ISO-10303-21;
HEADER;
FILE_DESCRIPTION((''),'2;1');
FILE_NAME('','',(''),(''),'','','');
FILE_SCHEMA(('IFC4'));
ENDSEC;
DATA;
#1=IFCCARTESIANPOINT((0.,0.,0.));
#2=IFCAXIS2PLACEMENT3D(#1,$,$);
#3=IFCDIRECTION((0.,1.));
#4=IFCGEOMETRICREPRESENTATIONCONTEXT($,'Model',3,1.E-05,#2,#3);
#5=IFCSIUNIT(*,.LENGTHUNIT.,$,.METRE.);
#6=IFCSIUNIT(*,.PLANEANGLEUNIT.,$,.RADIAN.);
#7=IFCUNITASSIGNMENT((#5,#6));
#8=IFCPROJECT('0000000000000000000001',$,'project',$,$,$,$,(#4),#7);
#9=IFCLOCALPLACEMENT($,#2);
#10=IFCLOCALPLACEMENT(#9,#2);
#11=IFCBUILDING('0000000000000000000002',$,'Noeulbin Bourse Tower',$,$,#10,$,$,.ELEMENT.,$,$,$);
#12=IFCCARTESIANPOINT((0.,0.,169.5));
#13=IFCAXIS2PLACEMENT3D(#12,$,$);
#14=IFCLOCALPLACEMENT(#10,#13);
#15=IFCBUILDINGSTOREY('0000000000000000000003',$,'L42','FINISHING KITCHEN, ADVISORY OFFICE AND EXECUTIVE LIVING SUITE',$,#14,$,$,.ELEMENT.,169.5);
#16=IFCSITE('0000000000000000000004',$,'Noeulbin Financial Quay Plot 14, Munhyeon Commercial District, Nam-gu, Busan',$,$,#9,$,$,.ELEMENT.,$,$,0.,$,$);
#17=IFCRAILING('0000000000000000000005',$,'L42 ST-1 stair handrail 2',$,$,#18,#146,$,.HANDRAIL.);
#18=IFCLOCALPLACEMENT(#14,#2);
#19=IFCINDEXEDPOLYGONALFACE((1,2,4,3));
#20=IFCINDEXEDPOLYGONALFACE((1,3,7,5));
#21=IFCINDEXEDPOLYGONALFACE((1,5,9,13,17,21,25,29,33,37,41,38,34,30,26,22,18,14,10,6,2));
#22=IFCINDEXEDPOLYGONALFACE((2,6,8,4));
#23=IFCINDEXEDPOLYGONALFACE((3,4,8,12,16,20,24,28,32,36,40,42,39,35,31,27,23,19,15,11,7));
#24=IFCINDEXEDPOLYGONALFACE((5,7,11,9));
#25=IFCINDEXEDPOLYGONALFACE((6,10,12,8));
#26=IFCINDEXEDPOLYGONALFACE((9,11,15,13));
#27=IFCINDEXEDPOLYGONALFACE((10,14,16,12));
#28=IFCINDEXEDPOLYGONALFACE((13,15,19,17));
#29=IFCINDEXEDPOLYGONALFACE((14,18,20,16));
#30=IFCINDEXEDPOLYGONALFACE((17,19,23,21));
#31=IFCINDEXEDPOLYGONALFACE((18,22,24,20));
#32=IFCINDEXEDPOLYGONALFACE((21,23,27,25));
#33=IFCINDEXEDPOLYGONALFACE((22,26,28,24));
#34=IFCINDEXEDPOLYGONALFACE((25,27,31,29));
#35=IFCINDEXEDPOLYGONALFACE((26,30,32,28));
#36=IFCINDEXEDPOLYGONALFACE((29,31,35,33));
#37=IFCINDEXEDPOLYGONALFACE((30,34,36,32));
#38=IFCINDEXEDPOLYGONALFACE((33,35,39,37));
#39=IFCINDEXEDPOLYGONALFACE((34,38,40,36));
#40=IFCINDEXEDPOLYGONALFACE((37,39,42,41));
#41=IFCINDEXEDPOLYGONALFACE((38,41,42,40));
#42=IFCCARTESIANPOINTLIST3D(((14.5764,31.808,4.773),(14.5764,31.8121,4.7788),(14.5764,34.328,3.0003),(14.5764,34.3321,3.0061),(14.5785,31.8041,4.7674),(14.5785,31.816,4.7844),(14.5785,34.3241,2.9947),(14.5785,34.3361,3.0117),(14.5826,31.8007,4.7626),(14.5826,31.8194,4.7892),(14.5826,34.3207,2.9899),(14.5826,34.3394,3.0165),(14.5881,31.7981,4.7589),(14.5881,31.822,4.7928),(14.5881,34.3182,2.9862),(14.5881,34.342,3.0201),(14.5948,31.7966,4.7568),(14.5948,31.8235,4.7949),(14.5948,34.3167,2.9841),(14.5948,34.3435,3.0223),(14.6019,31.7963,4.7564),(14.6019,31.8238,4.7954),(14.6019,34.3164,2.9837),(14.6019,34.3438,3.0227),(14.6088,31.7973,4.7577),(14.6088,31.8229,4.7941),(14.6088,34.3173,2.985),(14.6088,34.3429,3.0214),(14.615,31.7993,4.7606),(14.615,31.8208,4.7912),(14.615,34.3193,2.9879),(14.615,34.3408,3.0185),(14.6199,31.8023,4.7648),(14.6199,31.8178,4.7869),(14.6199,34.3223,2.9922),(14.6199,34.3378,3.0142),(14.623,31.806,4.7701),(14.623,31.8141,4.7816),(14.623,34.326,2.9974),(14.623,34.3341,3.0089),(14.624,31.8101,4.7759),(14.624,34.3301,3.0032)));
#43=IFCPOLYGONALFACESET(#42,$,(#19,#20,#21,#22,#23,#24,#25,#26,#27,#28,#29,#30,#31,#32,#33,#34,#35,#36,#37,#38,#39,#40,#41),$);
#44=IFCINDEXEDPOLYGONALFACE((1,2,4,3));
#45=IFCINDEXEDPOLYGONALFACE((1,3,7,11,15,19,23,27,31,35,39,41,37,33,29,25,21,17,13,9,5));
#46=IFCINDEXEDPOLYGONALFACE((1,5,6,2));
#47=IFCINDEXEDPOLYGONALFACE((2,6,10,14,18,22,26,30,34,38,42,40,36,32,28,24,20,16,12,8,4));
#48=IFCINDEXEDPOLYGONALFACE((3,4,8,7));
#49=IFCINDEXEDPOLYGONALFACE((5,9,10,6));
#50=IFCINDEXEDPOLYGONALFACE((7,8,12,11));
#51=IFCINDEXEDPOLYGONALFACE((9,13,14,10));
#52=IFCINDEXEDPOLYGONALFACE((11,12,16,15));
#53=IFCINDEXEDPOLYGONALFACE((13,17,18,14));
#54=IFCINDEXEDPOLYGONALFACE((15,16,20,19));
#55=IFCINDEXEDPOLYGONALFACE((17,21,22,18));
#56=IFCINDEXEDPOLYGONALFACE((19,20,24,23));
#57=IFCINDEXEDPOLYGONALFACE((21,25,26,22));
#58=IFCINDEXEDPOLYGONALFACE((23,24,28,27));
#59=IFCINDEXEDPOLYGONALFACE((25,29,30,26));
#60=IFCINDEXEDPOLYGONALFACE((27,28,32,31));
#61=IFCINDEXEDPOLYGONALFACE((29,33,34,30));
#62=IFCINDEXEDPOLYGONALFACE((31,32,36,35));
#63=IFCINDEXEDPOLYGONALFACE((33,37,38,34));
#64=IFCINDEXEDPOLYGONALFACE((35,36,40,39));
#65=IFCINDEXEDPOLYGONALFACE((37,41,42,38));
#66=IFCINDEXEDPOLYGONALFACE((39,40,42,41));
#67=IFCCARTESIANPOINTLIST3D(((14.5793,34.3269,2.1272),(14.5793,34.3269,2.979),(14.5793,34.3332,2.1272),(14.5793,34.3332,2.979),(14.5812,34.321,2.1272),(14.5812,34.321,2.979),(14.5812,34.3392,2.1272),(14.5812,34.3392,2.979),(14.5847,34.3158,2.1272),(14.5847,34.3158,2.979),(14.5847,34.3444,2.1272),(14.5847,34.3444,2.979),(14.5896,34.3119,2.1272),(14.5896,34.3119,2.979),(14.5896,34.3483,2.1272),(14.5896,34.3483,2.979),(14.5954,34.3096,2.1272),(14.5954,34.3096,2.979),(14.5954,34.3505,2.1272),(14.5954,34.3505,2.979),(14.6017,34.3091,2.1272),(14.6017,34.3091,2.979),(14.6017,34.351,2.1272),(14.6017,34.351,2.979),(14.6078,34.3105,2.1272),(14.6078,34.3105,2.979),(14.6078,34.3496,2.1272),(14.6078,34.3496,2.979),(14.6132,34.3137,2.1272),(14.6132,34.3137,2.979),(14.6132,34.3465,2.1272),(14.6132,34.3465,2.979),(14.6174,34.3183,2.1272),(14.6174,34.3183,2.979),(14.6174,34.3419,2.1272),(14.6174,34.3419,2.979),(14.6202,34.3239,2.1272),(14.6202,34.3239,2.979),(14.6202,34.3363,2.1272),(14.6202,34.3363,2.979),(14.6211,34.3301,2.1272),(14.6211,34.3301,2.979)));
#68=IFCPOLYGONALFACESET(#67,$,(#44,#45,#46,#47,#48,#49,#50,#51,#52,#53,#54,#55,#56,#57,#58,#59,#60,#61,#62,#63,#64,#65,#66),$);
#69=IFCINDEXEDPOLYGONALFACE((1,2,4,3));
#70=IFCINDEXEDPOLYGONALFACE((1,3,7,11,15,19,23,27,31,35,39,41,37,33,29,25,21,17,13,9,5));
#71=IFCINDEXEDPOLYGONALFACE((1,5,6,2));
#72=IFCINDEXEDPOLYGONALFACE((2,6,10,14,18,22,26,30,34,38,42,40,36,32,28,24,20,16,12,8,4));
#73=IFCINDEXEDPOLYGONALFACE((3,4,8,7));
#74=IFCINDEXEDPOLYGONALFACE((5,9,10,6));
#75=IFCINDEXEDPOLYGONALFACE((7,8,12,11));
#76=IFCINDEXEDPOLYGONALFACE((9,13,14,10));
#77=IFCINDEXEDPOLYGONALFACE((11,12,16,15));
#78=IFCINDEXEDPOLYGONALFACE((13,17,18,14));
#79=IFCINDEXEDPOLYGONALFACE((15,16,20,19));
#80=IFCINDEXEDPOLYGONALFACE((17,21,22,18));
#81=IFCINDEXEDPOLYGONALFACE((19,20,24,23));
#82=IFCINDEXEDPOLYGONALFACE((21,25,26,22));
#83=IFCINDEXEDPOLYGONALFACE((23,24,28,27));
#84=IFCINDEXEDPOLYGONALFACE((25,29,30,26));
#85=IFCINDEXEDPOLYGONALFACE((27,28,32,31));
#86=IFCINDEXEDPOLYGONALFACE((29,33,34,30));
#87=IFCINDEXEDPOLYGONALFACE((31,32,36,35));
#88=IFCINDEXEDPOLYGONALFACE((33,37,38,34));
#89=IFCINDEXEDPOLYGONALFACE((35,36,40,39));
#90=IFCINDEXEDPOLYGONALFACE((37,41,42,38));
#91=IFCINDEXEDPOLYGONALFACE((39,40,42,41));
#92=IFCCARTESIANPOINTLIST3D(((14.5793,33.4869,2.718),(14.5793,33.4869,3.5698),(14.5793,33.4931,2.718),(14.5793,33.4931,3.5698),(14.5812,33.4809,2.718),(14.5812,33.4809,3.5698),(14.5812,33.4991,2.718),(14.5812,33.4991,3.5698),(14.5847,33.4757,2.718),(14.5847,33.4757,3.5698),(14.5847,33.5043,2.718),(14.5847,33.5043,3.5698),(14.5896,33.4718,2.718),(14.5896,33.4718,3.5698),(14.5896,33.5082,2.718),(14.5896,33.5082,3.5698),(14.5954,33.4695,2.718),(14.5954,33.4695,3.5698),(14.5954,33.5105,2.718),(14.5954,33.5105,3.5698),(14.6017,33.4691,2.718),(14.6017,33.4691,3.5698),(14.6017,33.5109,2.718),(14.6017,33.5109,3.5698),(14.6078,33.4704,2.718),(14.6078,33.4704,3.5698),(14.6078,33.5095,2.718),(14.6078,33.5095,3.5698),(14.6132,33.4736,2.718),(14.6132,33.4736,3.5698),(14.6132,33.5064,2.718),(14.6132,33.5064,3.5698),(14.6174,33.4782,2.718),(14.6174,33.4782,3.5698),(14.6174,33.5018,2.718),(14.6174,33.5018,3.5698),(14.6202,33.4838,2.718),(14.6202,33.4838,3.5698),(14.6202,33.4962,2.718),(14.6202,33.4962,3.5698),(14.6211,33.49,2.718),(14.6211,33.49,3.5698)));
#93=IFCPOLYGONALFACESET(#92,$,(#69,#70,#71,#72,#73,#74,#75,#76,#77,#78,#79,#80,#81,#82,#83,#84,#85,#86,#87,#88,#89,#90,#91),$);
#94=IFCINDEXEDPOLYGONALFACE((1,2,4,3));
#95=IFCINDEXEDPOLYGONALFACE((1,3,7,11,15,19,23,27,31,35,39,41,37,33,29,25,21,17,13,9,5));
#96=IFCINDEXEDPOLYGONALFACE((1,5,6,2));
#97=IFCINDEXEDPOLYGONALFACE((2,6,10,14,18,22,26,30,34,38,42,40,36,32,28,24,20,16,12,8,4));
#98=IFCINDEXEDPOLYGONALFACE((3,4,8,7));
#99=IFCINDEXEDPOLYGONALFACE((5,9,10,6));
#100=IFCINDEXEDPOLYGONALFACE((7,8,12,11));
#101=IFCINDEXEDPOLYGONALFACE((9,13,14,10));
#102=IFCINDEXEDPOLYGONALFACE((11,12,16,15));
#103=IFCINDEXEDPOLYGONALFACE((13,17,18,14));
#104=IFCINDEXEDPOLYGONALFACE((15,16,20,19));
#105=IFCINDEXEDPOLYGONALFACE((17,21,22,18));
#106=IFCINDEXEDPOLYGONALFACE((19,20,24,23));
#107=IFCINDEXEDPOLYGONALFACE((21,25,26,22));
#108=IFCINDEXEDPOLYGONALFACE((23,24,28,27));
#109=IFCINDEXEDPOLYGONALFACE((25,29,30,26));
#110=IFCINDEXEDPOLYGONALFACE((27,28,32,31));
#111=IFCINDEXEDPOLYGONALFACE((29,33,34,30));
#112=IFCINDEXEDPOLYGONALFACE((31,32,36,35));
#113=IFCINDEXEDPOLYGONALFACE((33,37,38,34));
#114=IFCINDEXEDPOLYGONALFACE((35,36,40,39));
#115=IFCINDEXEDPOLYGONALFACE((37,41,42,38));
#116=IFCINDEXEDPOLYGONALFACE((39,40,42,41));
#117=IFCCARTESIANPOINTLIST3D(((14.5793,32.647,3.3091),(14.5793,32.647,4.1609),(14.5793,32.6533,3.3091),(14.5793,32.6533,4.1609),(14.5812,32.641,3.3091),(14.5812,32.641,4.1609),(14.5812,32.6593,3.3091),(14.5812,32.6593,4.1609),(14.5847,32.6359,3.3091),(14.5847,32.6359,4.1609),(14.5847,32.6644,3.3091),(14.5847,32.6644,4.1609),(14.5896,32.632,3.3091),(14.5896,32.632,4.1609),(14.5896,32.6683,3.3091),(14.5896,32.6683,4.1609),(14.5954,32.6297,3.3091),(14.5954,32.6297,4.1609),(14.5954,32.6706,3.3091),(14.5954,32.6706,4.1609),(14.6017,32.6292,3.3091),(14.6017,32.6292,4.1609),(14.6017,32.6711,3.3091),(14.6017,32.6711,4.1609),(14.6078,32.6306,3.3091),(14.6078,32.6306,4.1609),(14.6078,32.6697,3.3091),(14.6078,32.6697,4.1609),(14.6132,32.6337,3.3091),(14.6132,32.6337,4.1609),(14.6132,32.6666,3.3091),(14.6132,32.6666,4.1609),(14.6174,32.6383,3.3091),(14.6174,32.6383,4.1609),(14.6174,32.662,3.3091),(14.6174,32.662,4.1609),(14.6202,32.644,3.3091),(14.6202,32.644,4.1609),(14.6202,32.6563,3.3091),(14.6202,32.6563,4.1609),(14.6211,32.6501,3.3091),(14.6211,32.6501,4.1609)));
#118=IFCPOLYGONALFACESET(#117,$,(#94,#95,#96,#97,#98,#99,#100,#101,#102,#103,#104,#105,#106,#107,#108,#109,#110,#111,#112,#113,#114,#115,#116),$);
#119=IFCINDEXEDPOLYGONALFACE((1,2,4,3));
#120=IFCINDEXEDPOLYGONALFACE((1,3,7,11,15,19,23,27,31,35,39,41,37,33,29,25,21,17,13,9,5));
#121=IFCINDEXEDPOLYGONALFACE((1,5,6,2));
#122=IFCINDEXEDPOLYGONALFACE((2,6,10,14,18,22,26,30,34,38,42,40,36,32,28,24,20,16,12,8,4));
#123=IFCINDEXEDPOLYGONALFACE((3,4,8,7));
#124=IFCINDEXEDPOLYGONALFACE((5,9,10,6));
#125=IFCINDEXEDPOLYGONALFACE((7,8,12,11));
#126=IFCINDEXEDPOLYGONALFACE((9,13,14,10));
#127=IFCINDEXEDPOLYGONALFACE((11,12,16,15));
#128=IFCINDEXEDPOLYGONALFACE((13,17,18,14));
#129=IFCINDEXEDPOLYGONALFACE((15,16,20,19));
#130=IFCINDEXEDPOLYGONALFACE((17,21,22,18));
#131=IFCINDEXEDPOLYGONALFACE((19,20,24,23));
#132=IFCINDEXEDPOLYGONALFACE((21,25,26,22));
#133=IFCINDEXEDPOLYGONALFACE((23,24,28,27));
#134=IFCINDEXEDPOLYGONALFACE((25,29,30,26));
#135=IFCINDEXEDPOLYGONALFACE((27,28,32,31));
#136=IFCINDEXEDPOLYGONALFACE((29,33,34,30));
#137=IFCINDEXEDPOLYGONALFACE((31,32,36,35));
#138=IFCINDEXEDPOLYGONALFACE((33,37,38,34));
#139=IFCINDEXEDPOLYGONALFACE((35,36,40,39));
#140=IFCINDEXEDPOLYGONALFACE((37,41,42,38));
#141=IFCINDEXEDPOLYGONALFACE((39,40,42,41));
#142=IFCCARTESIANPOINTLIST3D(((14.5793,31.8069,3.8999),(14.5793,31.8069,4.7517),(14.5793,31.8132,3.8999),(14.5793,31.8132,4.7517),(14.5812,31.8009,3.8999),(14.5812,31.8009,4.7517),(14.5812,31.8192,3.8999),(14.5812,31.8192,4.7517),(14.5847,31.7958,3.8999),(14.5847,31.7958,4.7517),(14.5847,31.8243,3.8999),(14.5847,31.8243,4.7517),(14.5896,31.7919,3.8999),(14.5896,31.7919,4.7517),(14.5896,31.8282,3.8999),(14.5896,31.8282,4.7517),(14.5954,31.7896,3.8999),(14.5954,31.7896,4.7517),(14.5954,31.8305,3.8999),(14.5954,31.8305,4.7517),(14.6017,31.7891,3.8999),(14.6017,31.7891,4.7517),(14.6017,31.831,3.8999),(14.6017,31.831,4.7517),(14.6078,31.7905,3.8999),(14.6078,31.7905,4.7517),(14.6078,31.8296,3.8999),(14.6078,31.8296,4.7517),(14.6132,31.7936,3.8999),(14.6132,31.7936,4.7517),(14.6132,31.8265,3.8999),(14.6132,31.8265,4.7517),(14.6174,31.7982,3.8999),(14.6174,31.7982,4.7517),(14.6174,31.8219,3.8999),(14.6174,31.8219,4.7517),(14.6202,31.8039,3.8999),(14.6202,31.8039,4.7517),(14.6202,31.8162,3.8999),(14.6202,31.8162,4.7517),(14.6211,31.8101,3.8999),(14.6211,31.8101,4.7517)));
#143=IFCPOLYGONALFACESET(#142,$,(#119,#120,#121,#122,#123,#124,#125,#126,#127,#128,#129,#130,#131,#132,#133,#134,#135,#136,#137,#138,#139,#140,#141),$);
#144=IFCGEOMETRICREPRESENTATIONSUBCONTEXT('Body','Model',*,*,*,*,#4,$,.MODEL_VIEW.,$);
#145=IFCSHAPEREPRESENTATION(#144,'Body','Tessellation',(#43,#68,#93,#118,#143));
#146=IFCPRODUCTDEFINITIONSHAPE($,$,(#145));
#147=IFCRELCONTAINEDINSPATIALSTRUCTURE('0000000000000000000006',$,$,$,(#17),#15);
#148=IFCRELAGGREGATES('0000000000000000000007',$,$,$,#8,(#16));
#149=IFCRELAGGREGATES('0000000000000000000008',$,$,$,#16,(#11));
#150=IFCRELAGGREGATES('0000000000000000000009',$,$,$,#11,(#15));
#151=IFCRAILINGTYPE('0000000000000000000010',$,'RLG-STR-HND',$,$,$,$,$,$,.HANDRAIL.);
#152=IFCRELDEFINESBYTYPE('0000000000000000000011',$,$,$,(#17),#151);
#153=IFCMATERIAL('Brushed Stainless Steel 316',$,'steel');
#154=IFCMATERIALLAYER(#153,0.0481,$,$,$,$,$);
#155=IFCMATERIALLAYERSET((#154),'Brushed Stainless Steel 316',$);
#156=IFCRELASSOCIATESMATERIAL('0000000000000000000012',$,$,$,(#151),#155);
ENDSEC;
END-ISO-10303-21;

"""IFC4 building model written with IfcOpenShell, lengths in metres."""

from ifc_helpers import new_model, si_unit, direction, frame, origin, origin_2d, place, context, subcontext, project, spatial, circle, extrude, material, layer, layer_set, type_object, element, save


model = new_model("IFC4")

# Units and contexts
model_context = context("Model", 3, precision=1e-05, world=origin(), true_north=direction((0.0, 1.0)))
body_context = subcontext(model_context, "Body", "Model", "MODEL_VIEW")
ifc_project = project(units=[si_unit("LENGTHUNIT", "METRE"), si_unit("PLANEANGLEUNIT", "RADIAN")], contexts=[model_context])

# Site, building, storey
site_placement = place(None, origin())
site = spatial("IfcSite", under=ifc_project, at=site_placement, Name="Noeulbin Financial Quay Plot 14, Munhyeon Commercial District, Nam-gu, Busan", CompositionType="ELEMENT", RefElevation=0.0)
building_placement = place(site_placement, origin())
building = spatial("IfcBuilding", under=site, at=building_placement, Name="Noeulbin Bourse Tower", CompositionType="ELEMENT")
storey_placement = place(building_placement, frame((0.0, 0.0, 169.5)))
storey = spatial("IfcBuildingStorey", under=building, at=storey_placement, Name="L42", Description="FINISHING KITCHEN, ADVISORY OFFICE AND EXECUTIVE LIVING SUITE", CompositionType="ELEMENT", Elevation=169.5)

# Railing
ifc_material_1 = material(Name="Brushed Stainless Steel 316", Category="steel")
ifc_layer_1 = layer(ifc_material_1, 0.0481)
ifc_layer_set_1 = layer_set([ifc_layer_1], Name="Brushed Stainless Steel 316")
railing_type_1 = type_object("IfcRailingType", Name="RLG-STR-HND", PredefinedType="HANDRAIL", material=ifc_layer_set_1)
railing_1_placement = place(storey_placement, frame((14.6001, 34.3301, 2.1272)))
element("IfcRailing", 1, at=railing_1_placement, inside=storey, type_object=railing_type_1, Name="L42 ST-1 stair handrail 2", PredefinedType="HANDRAIL", context=body_context, shape_type="SweptSolid", body=[
    extrude(circle(Radius=0.0239, at=origin_2d()), frame((0.0, 0.0, 0.876), z_axis=(0.0, -0.817904, 0.575354), x_axis=(1.0, 0.0, 0.0)), (0.0, 0.0, 1.0), 3.0811),
    extrude(circle(Radius=0.021, at=origin_2d()), origin(), (0.0, 0.0, 1.0), 0.8518),
    extrude(circle(Radius=0.021, at=origin_2d()), frame((0.0, -0.8401, 0.5908)), (0.0, 0.0, 1.0), 0.8518),
    extrude(circle(Radius=0.021, at=origin_2d()), frame((0.0, -1.6799, 1.1819)), (0.0, 0.0, 1.0), 0.8518),
    extrude(circle(Radius=0.021, at=origin_2d()), frame((0.0, -2.52, 1.7727)), (0.0, 0.0, 1.0), 0.8518),
])

save(model, "model.ifc")
